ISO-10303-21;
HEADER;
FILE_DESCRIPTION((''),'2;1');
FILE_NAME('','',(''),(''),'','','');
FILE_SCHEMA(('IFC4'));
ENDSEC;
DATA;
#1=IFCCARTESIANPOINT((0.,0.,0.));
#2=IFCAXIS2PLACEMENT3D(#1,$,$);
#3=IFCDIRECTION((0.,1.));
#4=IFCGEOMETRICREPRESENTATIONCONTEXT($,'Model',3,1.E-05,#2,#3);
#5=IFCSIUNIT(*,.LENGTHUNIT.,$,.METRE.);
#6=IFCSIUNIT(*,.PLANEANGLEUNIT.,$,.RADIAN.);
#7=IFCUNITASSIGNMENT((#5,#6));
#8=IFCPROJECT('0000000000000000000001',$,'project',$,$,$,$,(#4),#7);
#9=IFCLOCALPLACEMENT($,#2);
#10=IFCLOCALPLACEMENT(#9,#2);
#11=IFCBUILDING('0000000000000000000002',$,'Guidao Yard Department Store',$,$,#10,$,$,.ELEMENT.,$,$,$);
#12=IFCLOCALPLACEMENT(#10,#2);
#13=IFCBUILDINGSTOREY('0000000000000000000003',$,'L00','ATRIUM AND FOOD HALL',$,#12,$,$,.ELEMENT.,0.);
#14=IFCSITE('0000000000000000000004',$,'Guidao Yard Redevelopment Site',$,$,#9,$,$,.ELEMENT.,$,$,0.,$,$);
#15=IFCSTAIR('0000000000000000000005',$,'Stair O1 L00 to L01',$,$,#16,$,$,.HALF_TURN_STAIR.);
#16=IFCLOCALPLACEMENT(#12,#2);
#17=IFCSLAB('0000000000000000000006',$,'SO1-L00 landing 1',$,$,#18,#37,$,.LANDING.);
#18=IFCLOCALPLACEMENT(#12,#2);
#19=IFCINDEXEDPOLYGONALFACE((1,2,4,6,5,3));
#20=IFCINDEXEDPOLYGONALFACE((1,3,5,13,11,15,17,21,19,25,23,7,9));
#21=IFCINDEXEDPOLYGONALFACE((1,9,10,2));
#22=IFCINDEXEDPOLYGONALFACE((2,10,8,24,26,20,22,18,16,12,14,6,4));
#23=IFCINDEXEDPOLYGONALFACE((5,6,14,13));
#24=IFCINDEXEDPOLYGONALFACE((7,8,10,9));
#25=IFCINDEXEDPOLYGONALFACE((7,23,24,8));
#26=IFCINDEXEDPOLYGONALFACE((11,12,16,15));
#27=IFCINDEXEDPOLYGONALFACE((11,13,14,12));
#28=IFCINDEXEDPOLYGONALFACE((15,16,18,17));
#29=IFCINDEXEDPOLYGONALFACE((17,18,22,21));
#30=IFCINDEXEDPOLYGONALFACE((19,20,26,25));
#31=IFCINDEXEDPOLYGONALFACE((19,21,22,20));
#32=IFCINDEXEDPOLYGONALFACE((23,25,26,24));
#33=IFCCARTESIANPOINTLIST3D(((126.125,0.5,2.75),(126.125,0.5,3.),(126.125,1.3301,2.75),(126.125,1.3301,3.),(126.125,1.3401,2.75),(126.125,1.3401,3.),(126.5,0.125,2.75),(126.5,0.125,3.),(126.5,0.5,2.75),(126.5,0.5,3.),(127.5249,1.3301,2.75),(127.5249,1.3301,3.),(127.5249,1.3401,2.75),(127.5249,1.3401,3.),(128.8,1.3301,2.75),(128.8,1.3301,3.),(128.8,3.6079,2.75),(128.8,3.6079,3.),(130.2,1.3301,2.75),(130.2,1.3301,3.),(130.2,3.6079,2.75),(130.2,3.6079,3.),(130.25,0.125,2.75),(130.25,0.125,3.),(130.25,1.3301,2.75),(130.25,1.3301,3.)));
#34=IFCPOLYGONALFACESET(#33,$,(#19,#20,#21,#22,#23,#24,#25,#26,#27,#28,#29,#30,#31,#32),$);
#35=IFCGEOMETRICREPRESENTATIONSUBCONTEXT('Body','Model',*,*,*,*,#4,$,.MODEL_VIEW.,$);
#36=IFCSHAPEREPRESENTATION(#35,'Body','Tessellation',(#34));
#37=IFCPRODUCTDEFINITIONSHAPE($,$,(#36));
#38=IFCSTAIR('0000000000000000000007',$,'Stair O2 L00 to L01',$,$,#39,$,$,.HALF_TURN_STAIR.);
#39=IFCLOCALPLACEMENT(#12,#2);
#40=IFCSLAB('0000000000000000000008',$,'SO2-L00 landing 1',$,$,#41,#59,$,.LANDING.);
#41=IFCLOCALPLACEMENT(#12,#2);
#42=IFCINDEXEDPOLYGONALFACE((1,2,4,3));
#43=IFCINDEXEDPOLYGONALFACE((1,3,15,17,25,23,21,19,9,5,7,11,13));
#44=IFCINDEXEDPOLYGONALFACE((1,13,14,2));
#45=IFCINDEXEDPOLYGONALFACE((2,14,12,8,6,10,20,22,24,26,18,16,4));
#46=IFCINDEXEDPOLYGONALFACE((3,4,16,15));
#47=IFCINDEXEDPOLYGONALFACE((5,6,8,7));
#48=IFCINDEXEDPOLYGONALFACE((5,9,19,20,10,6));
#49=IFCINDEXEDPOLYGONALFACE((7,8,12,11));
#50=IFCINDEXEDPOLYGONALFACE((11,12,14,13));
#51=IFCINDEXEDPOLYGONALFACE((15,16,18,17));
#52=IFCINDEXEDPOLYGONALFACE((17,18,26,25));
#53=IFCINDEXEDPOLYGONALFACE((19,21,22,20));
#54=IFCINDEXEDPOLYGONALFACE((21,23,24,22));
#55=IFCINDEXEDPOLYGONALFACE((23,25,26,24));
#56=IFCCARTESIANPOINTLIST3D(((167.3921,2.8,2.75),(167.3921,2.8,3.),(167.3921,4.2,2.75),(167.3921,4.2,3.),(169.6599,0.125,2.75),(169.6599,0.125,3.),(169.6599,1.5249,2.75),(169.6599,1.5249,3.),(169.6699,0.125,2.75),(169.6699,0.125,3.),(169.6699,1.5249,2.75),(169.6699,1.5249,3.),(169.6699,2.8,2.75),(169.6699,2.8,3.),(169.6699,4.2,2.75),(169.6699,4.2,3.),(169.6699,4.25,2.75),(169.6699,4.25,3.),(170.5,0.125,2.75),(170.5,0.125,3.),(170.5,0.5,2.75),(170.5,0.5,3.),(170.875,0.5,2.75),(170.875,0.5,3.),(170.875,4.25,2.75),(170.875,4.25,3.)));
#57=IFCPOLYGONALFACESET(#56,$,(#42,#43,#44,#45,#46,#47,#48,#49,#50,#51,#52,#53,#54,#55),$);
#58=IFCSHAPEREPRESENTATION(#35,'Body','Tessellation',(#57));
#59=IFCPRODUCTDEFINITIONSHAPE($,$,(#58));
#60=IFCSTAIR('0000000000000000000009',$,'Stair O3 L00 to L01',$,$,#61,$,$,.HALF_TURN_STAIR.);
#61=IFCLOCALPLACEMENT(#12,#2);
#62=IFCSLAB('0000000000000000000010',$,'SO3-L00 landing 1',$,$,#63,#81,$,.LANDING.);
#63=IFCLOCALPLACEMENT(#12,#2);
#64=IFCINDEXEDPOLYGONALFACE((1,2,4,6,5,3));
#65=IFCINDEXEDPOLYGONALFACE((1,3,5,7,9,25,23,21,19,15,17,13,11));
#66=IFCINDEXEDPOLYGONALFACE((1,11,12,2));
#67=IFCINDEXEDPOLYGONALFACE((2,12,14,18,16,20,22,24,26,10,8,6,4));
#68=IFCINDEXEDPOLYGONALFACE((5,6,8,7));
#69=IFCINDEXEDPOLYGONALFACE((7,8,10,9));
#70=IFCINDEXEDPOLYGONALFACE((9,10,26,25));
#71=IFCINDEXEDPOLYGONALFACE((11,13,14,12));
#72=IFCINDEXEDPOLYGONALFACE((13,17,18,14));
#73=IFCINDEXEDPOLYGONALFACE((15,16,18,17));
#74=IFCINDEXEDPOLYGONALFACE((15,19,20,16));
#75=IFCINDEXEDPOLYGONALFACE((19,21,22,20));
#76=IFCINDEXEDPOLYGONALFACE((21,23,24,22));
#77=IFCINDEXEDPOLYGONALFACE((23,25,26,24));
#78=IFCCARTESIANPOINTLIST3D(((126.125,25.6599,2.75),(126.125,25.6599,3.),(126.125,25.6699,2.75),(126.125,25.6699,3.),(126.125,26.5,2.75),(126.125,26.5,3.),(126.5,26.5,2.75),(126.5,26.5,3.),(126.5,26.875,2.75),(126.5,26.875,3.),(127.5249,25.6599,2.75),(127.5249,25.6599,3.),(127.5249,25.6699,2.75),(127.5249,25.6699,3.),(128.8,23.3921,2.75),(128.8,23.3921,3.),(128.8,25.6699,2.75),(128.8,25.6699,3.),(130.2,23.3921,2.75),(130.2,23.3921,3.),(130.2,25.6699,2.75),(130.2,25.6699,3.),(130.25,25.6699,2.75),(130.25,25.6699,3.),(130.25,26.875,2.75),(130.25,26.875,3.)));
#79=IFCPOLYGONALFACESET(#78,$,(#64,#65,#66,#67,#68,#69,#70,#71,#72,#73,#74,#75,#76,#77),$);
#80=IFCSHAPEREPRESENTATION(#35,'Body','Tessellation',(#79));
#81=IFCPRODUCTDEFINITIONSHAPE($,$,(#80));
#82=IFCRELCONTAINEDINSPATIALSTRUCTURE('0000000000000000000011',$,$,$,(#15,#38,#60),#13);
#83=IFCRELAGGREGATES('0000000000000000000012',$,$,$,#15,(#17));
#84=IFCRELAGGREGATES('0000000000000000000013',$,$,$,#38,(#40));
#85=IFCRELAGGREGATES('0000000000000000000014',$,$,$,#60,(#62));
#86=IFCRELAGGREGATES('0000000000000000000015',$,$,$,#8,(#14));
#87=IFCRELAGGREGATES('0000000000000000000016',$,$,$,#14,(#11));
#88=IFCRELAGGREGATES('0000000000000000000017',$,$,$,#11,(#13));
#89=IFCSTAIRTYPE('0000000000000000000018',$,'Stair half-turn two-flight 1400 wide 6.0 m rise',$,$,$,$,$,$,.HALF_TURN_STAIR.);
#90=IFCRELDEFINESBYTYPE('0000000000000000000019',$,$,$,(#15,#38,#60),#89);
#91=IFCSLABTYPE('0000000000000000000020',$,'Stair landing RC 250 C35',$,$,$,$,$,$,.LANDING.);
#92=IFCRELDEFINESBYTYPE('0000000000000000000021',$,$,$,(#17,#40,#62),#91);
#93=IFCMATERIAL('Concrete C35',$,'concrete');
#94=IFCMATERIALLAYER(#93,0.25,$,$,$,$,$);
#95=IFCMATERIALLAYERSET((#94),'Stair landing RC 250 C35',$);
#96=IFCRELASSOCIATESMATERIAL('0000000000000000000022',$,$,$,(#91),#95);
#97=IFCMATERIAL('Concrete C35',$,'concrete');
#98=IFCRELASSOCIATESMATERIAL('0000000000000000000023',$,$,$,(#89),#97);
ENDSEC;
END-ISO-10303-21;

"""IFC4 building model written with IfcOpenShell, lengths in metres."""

from ifc_helpers import new_model, si_unit, direction, frame, origin, place, context, subcontext, project, spatial, polyline, outline, extrude, material, layer, layer_set, type_object, element, aggregate, save


model = new_model("IFC4")

# Units and contexts
model_context = context("Model", 3, precision=1e-05, world=origin(), true_north=direction((0.0, 1.0)))
body_context = subcontext(model_context, "Body", "Model", "MODEL_VIEW")
ifc_project = project(units=[si_unit("LENGTHUNIT", "METRE"), si_unit("PLANEANGLEUNIT", "RADIAN")], contexts=[model_context])

# Site, building, storey
site_placement = place(None, origin())
site = spatial("IfcSite", under=ifc_project, at=site_placement, Name="Guidao Yard Redevelopment Site", CompositionType="ELEMENT", RefElevation=0.0)
building_placement = place(site_placement, origin())
building = spatial("IfcBuilding", under=site, at=building_placement, Name="Guidao Yard Department Store", CompositionType="ELEMENT")
storey_placement = place(building_placement, origin())
storey = spatial("IfcBuildingStorey", under=building, at=storey_placement, Name="L00", Description="ATRIUM AND FOOD HALL", CompositionType="ELEMENT", Elevation=0.0)

# Shared definitions
ifc_material_1 = material(Name="Concrete C35", Category="concrete")
ifc_layer = layer(ifc_material_1, 0.25)
ifc_layer_set = layer_set([ifc_layer], Name="Stair landing RC 250 C35")
slab_type = type_object("IfcSlabType", Name="Stair landing RC 250 C35", PredefinedType="LANDING", material=ifc_layer_set)

# Stairs, slabs
ifc_material_2 = material(Name="Concrete C35", Category="concrete")
stair_type_1 = type_object("IfcStairType", Name="Stair half-turn two-flight 1400 wide 6.0 m rise", PredefinedType="HALF_TURN_STAIR", material=ifc_material_2)
stair_1_placement = place(storey_placement, origin())
stair_1 = element("IfcStair", 1, at=stair_1_placement, inside=storey, type_object=stair_type_1, Name="Stair O1 L00 to L01", PredefinedType="HALF_TURN_STAIR")
slab_1_placement = place(storey_placement, frame((0.0, 0.0, 2.75)))
slab_1 = element("IfcSlab", 2, at=slab_1_placement, type_object=slab_type, Name="SO1-L00 landing 1", PredefinedType="LANDING", context=body_context, shape_type="SweptSolid", body=[
    extrude(outline(polyline([(126.5, 0.125), (126.5, 0.5), (126.125, 0.5), (126.125, 1.3301), (126.125, 1.3401), (127.5249, 1.3401), (127.5249, 1.3301), (128.8, 1.3301), (128.8, 3.6079), (130.2, 3.6079), (130.2, 1.3301), (130.25, 1.3301), (130.25, 0.125), (126.5, 0.125)])), origin(), (0.0, 0.0, 1.0), 0.25),
])
aggregate(stair_1, [slab_1])
stair_2_placement = place(storey_placement, origin())
stair_2 = element("IfcStair", 3, at=stair_2_placement, inside=storey, type_object=stair_type_1, Name="Stair O2 L00 to L01", PredefinedType="HALF_TURN_STAIR")
slab_2_placement = place(storey_placement, frame((0.0, 0.0, 2.75)))
slab_2 = element("IfcSlab", 4, at=slab_2_placement, type_object=slab_type, Name="SO2-L00 landing 1", PredefinedType="LANDING", context=body_context, shape_type="SweptSolid", body=[
    extrude(outline(polyline([(169.6699, 1.5249), (169.6699, 2.8), (167.3921, 2.8), (167.3921, 4.2), (169.6699, 4.2), (169.6699, 4.25), (170.875, 4.25), (170.875, 0.5), (170.5, 0.5), (170.5, 0.125), (169.6699, 0.125), (169.6599, 0.125), (169.6599, 1.5249), (169.6699, 1.5249)])), origin(), (0.0, 0.0, 1.0), 0.25),
])
aggregate(stair_2, [slab_2])
stair_3_placement = place(storey_placement, origin())
stair_3 = element("IfcStair", 5, at=stair_3_placement, inside=storey, type_object=stair_type_1, Name="Stair O3 L00 to L01", PredefinedType="HALF_TURN_STAIR")
slab_3_placement = place(storey_placement, frame((0.0, 0.0, 2.75)))
slab_3 = element("IfcSlab", 6, at=slab_3_placement, type_object=slab_type, Name="SO3-L00 landing 1", PredefinedType="LANDING", context=body_context, shape_type="SweptSolid", body=[
    extrude(outline(polyline([(128.8, 25.6699), (127.5249, 25.6699), (127.5249, 25.6599), (126.125, 25.6599), (126.125, 25.6699), (126.125, 26.5), (126.5, 26.5), (126.5, 26.875), (130.25, 26.875), (130.25, 25.6699), (130.2, 25.6699), (130.2, 23.3921), (128.8, 23.3921), (128.8, 25.6699)])), origin(), (0.0, 0.0, 1.0), 0.25),
])
aggregate(stair_3, [slab_3])

save(model, "model.ifc")
